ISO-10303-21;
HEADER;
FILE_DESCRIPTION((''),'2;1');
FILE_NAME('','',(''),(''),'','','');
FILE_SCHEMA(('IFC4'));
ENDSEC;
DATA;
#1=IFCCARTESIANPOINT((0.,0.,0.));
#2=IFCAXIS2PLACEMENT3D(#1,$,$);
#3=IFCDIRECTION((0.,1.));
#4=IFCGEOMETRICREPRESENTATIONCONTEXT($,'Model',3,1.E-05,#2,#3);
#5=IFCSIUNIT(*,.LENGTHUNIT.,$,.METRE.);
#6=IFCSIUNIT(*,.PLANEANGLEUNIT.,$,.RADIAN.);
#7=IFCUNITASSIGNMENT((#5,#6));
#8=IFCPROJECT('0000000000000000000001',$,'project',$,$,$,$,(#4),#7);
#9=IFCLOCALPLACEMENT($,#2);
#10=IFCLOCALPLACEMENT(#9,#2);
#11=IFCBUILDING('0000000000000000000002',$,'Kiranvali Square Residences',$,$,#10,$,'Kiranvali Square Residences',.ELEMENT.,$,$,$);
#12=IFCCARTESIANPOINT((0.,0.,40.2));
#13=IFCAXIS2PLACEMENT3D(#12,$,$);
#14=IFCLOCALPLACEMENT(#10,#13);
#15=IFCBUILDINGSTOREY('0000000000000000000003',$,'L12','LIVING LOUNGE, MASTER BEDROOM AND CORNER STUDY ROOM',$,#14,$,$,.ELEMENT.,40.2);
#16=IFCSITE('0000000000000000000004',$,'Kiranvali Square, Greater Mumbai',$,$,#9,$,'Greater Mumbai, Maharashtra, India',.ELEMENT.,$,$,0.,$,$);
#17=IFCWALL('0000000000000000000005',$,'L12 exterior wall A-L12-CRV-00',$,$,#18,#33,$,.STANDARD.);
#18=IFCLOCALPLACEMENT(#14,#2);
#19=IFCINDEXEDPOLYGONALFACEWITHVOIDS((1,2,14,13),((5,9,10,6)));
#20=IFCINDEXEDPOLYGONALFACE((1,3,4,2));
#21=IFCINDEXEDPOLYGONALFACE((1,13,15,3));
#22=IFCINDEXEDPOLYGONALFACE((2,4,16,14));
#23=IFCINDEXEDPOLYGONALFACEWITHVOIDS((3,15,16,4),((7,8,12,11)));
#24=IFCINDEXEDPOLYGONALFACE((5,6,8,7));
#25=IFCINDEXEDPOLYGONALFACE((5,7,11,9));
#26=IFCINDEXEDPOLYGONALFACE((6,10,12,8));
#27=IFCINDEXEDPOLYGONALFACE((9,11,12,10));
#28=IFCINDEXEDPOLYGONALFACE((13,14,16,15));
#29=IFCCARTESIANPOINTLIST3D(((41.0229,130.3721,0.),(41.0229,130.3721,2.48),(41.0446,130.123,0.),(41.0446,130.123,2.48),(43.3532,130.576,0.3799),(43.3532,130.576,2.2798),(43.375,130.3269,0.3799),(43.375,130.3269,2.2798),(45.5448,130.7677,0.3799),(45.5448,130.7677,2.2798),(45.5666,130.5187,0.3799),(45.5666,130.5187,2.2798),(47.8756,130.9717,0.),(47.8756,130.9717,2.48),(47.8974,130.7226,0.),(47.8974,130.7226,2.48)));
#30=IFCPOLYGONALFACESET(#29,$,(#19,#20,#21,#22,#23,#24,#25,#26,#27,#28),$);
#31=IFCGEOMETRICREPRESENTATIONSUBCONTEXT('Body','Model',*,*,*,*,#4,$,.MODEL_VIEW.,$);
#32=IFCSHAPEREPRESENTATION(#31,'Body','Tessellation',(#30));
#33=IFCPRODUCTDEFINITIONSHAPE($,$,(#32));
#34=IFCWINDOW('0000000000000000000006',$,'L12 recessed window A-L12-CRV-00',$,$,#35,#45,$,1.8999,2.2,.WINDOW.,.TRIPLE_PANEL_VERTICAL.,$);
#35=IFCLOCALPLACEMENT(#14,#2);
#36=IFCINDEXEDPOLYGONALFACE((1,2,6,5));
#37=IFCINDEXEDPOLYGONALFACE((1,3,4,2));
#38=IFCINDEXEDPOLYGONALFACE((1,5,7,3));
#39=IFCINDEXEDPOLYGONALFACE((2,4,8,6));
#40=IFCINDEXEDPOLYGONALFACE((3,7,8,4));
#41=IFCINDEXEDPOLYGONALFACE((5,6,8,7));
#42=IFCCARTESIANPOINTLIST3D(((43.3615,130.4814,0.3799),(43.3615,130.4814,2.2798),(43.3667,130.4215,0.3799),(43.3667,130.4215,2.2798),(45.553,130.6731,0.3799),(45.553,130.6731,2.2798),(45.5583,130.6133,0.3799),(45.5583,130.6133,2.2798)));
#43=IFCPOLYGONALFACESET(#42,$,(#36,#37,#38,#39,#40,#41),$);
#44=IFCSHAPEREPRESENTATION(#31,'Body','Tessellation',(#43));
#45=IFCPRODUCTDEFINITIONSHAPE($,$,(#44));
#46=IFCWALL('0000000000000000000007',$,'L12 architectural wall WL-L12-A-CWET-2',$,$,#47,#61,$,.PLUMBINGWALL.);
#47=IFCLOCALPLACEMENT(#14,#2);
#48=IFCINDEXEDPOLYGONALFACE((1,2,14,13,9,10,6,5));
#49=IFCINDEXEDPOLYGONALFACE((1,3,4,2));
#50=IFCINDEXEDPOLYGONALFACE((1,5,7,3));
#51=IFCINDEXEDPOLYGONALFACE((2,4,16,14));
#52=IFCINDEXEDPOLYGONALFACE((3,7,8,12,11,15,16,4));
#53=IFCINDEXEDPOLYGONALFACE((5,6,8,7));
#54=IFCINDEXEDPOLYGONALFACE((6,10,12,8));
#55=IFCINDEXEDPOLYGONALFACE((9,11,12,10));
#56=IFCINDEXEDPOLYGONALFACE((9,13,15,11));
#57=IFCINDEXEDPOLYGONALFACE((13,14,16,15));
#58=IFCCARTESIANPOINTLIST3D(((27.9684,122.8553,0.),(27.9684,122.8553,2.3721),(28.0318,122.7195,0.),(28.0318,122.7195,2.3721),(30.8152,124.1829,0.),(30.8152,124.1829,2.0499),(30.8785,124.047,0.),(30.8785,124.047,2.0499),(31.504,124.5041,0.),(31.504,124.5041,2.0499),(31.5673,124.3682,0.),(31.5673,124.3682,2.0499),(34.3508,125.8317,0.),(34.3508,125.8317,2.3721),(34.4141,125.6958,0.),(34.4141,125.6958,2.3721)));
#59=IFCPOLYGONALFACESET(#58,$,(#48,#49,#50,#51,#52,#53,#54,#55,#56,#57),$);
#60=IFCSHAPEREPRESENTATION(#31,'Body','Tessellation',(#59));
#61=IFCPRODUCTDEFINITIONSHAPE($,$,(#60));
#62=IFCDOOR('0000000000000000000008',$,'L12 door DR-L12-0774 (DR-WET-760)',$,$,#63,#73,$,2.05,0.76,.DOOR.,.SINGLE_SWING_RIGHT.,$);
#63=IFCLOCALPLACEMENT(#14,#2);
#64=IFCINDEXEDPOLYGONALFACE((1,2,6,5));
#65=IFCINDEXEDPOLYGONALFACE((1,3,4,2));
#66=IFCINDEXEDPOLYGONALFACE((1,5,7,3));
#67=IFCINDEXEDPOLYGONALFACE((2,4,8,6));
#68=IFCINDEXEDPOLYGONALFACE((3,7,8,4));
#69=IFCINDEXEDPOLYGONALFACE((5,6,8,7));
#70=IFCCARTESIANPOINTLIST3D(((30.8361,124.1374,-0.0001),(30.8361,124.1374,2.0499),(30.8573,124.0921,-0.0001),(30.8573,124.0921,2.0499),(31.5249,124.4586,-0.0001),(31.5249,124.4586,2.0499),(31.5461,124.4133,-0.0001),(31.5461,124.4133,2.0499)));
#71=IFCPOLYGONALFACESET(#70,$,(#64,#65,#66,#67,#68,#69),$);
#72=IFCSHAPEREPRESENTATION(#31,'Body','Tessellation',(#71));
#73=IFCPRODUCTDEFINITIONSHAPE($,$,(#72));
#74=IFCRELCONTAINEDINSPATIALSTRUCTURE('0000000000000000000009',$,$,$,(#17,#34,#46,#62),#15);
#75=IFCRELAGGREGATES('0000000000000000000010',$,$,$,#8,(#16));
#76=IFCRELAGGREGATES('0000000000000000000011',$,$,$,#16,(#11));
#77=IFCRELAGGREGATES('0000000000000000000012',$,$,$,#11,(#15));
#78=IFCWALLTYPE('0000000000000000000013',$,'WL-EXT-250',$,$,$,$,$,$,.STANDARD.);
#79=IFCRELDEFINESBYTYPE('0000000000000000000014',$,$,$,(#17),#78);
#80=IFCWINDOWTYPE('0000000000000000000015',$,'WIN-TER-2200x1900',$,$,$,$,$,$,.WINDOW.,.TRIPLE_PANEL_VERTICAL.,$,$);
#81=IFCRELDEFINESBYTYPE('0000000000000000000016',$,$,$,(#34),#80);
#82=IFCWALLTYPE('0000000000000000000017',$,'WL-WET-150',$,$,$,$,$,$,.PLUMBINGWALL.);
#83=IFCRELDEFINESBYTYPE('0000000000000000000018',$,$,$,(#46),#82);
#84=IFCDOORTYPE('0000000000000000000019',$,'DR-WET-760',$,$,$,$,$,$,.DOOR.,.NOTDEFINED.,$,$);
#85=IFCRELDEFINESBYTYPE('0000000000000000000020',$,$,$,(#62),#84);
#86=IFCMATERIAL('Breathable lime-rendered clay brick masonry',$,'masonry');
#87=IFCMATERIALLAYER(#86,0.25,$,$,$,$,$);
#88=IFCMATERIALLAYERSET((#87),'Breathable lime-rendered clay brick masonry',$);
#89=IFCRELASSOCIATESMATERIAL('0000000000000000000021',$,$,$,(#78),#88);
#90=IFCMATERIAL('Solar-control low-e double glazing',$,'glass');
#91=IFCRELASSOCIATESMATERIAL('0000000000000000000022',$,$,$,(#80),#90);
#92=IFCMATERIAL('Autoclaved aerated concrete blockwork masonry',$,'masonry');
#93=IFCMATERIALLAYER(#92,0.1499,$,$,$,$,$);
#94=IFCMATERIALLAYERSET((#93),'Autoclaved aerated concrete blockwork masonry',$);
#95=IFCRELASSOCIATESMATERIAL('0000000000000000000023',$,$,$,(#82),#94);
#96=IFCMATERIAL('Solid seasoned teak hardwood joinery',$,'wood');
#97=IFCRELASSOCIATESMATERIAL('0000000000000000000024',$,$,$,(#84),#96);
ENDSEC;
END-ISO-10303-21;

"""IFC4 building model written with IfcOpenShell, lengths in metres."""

from ifc_helpers import new_model, si_unit, direction, frame, frame_2d, origin, place, context, subcontext, project, spatial, rectangle, extrude, material, layer, layer_set, type_object, element, fill, save


model = new_model("IFC4")

# Units and contexts
model_context = context("Model", 3, precision=1e-05, world=origin(), true_north=direction((0.0, 1.0)))
body_context = subcontext(model_context, "Body", "Model", "MODEL_VIEW")
ifc_project = project(units=[si_unit("LENGTHUNIT", "METRE"), si_unit("PLANEANGLEUNIT", "RADIAN")], contexts=[model_context])

# Site, building, storey
site_placement = place(None, origin())
site = spatial("IfcSite", under=ifc_project, at=site_placement, Name="Kiranvali Square, Greater Mumbai", LongName="Greater Mumbai, Maharashtra, India", CompositionType="ELEMENT", RefElevation=0.0)
building_placement = place(site_placement, origin())
building = spatial("IfcBuilding", under=site, at=building_placement, Name="Kiranvali Square Residences", LongName="Kiranvali Square Residences", CompositionType="ELEMENT")
storey_placement = place(building_placement, frame((0.0, 0.0, 40.2)))
storey = spatial("IfcBuildingStorey", under=building, at=storey_placement, Name="L12", Description="LIVING LOUNGE, MASTER BEDROOM AND CORNER STUDY ROOM", CompositionType="ELEMENT", Elevation=40.2)

# Wall, opening, window
ifc_material_1 = material(Name="Breathable lime-rendered clay brick masonry", Category="masonry")
ifc_layer_1 = layer(ifc_material_1, 0.25)
ifc_layer_set_1 = layer_set([ifc_layer_1], Name="Breathable lime-rendered clay brick masonry")
wall_type_1 = type_object("IfcWallType", Name="WL-EXT-250", PredefinedType="STANDARD", material=ifc_layer_set_1)
wall_1_placement = place(storey_placement, frame((47.8865, 130.8472, 0.0), z_axis=(0.0, 0.0, 1.0), x_axis=(-0.996194, -0.087166, 0.0)))
wall_1 = element("IfcWall", 1, at=wall_1_placement, inside=storey, type_object=wall_type_1, Name="L12 exterior wall A-L12-CRV-00", PredefinedType="STANDARD", context=body_context, shape_type="SweptSolid", body=[
    extrude(rectangle(XDim=6.8789, YDim=0.25, at=frame_2d((3.4395, 0.0))), origin(), (0.0, 0.0, 1.0), 2.48),
])
opening_1_placement = place(wall_1_placement, frame((2.3396, 0.0, 0.3799)))
opening_1 = element("IfcOpeningElement", 2, at=opening_1_placement, cuts=wall_1, PredefinedType="OPENING", context=body_context, shape_type="SweptSolid", body=[
    extrude(rectangle(XDim=2.2, YDim=1.8999, at=frame_2d((1.1001, 0.95))), frame((0.0, 0.135, 0.0), z_axis=(0.0, -1.0, 0.0), x_axis=(1.0, 0.0, 0.0)), (0.0, 0.0, 1.0), 0.27),
])
ifc_material_2 = material(Name="Solar-control low-e double glazing", Category="glass")
window_type_1 = type_object("IfcWindowType", Name="WIN-TER-2200x1900", PartitioningType="TRIPLE_PANEL_VERTICAL", PredefinedType="WINDOW", material=ifc_material_2)
window_1_placement = place(opening_1_placement, origin())
window_1 = element("IfcWindow", 3, at=window_1_placement, inside=storey, type_object=window_type_1, Name="L12 recessed window A-L12-CRV-00", OverallHeight=1.8999, OverallWidth=2.2, PartitioningType="TRIPLE_PANEL_VERTICAL", PredefinedType="WINDOW", context=body_context, shape_type="SweptSolid", body=[
    extrude(rectangle(XDim=2.2, YDim=1.8999, at=frame_2d((1.1001, 0.95))), frame((0.0, 0.03, 0.0), z_axis=(0.0, -1.0, 0.0), x_axis=(1.0, 0.0, 0.0)), (0.0, 0.0, 1.0), 0.0601),
])
fill(opening_1, window_1)

# Wall, opening, door
ifc_material_3 = material(Name="Autoclaved aerated concrete blockwork masonry", Category="masonry")
ifc_layer_2 = layer(ifc_material_3, 0.1499)
ifc_layer_set_2 = layer_set([ifc_layer_2], Name="Autoclaved aerated concrete blockwork masonry")
wall_type_2 = type_object("IfcWallType", Name="WL-WET-150", PredefinedType="PLUMBINGWALL", material=ifc_layer_set_2)
wall_2_placement = place(storey_placement, frame((34.3823, 125.7637, 0.0), z_axis=(0.0, 0.0, 1.0), x_axis=(-0.906297, -0.422641, 0.0)))
wall_2 = element("IfcWall", 4, at=wall_2_placement, inside=storey, type_object=wall_type_2, Name="L12 architectural wall WL-L12-A-CWET-2", PredefinedType="PLUMBINGWALL", context=body_context, shape_type="SweptSolid", body=[
    extrude(rectangle(XDim=7.0422, YDim=0.1499, at=frame_2d((3.521, 0.0))), origin(), (0.0, 0.0, 1.0), 2.3721),
])
opening_2_placement = place(wall_2_placement, frame((3.1411, 0.0, 0.0)))
opening_2 = element("IfcOpeningElement", 5, at=opening_2_placement, cuts=wall_2, PredefinedType="OPENING", context=body_context, shape_type="SweptSolid", body=[
    extrude(rectangle(XDim=0.76, YDim=2.05, at=frame_2d((0.3799, 1.0249))), frame((0.0, 0.085, 0.0), z_axis=(0.0, -1.0, 0.0), x_axis=(1.0, 0.0, 0.0)), (0.0, 0.0, 1.0), 0.1699),
])
ifc_material_4 = material(Name="Solid seasoned teak hardwood joinery", Category="wood")
door_type_1 = type_object("IfcDoorType", Name="DR-WET-760", OperationType="NOTDEFINED", PredefinedType="DOOR", material=ifc_material_4)
door_1_placement = place(opening_2_placement, frame((0.76, 0.0, 0.0), z_axis=(0.0, 0.0, 1.0), x_axis=(-1.0, 0.0, 0.0)))
door_1 = element("IfcDoor", 6, at=door_1_placement, inside=storey, type_object=door_type_1, Name="L12 door DR-L12-0774 (DR-WET-760)", OperationType="SINGLE_SWING_RIGHT", OverallHeight=2.05, OverallWidth=0.76, PredefinedType="DOOR", context=body_context, shape_type="SweptSolid", body=[
    extrude(rectangle(XDim=0.76, YDim=2.05, at=frame_2d((0.3799, 1.0249))), frame((0.0, 0.0249, 0.0), z_axis=(0.0, -1.0, 0.0), x_axis=(1.0, 0.0, 0.0)), (0.0, 0.0, 1.0), 0.05),
])
fill(opening_2, door_1)

save(model, "model.ifc")
